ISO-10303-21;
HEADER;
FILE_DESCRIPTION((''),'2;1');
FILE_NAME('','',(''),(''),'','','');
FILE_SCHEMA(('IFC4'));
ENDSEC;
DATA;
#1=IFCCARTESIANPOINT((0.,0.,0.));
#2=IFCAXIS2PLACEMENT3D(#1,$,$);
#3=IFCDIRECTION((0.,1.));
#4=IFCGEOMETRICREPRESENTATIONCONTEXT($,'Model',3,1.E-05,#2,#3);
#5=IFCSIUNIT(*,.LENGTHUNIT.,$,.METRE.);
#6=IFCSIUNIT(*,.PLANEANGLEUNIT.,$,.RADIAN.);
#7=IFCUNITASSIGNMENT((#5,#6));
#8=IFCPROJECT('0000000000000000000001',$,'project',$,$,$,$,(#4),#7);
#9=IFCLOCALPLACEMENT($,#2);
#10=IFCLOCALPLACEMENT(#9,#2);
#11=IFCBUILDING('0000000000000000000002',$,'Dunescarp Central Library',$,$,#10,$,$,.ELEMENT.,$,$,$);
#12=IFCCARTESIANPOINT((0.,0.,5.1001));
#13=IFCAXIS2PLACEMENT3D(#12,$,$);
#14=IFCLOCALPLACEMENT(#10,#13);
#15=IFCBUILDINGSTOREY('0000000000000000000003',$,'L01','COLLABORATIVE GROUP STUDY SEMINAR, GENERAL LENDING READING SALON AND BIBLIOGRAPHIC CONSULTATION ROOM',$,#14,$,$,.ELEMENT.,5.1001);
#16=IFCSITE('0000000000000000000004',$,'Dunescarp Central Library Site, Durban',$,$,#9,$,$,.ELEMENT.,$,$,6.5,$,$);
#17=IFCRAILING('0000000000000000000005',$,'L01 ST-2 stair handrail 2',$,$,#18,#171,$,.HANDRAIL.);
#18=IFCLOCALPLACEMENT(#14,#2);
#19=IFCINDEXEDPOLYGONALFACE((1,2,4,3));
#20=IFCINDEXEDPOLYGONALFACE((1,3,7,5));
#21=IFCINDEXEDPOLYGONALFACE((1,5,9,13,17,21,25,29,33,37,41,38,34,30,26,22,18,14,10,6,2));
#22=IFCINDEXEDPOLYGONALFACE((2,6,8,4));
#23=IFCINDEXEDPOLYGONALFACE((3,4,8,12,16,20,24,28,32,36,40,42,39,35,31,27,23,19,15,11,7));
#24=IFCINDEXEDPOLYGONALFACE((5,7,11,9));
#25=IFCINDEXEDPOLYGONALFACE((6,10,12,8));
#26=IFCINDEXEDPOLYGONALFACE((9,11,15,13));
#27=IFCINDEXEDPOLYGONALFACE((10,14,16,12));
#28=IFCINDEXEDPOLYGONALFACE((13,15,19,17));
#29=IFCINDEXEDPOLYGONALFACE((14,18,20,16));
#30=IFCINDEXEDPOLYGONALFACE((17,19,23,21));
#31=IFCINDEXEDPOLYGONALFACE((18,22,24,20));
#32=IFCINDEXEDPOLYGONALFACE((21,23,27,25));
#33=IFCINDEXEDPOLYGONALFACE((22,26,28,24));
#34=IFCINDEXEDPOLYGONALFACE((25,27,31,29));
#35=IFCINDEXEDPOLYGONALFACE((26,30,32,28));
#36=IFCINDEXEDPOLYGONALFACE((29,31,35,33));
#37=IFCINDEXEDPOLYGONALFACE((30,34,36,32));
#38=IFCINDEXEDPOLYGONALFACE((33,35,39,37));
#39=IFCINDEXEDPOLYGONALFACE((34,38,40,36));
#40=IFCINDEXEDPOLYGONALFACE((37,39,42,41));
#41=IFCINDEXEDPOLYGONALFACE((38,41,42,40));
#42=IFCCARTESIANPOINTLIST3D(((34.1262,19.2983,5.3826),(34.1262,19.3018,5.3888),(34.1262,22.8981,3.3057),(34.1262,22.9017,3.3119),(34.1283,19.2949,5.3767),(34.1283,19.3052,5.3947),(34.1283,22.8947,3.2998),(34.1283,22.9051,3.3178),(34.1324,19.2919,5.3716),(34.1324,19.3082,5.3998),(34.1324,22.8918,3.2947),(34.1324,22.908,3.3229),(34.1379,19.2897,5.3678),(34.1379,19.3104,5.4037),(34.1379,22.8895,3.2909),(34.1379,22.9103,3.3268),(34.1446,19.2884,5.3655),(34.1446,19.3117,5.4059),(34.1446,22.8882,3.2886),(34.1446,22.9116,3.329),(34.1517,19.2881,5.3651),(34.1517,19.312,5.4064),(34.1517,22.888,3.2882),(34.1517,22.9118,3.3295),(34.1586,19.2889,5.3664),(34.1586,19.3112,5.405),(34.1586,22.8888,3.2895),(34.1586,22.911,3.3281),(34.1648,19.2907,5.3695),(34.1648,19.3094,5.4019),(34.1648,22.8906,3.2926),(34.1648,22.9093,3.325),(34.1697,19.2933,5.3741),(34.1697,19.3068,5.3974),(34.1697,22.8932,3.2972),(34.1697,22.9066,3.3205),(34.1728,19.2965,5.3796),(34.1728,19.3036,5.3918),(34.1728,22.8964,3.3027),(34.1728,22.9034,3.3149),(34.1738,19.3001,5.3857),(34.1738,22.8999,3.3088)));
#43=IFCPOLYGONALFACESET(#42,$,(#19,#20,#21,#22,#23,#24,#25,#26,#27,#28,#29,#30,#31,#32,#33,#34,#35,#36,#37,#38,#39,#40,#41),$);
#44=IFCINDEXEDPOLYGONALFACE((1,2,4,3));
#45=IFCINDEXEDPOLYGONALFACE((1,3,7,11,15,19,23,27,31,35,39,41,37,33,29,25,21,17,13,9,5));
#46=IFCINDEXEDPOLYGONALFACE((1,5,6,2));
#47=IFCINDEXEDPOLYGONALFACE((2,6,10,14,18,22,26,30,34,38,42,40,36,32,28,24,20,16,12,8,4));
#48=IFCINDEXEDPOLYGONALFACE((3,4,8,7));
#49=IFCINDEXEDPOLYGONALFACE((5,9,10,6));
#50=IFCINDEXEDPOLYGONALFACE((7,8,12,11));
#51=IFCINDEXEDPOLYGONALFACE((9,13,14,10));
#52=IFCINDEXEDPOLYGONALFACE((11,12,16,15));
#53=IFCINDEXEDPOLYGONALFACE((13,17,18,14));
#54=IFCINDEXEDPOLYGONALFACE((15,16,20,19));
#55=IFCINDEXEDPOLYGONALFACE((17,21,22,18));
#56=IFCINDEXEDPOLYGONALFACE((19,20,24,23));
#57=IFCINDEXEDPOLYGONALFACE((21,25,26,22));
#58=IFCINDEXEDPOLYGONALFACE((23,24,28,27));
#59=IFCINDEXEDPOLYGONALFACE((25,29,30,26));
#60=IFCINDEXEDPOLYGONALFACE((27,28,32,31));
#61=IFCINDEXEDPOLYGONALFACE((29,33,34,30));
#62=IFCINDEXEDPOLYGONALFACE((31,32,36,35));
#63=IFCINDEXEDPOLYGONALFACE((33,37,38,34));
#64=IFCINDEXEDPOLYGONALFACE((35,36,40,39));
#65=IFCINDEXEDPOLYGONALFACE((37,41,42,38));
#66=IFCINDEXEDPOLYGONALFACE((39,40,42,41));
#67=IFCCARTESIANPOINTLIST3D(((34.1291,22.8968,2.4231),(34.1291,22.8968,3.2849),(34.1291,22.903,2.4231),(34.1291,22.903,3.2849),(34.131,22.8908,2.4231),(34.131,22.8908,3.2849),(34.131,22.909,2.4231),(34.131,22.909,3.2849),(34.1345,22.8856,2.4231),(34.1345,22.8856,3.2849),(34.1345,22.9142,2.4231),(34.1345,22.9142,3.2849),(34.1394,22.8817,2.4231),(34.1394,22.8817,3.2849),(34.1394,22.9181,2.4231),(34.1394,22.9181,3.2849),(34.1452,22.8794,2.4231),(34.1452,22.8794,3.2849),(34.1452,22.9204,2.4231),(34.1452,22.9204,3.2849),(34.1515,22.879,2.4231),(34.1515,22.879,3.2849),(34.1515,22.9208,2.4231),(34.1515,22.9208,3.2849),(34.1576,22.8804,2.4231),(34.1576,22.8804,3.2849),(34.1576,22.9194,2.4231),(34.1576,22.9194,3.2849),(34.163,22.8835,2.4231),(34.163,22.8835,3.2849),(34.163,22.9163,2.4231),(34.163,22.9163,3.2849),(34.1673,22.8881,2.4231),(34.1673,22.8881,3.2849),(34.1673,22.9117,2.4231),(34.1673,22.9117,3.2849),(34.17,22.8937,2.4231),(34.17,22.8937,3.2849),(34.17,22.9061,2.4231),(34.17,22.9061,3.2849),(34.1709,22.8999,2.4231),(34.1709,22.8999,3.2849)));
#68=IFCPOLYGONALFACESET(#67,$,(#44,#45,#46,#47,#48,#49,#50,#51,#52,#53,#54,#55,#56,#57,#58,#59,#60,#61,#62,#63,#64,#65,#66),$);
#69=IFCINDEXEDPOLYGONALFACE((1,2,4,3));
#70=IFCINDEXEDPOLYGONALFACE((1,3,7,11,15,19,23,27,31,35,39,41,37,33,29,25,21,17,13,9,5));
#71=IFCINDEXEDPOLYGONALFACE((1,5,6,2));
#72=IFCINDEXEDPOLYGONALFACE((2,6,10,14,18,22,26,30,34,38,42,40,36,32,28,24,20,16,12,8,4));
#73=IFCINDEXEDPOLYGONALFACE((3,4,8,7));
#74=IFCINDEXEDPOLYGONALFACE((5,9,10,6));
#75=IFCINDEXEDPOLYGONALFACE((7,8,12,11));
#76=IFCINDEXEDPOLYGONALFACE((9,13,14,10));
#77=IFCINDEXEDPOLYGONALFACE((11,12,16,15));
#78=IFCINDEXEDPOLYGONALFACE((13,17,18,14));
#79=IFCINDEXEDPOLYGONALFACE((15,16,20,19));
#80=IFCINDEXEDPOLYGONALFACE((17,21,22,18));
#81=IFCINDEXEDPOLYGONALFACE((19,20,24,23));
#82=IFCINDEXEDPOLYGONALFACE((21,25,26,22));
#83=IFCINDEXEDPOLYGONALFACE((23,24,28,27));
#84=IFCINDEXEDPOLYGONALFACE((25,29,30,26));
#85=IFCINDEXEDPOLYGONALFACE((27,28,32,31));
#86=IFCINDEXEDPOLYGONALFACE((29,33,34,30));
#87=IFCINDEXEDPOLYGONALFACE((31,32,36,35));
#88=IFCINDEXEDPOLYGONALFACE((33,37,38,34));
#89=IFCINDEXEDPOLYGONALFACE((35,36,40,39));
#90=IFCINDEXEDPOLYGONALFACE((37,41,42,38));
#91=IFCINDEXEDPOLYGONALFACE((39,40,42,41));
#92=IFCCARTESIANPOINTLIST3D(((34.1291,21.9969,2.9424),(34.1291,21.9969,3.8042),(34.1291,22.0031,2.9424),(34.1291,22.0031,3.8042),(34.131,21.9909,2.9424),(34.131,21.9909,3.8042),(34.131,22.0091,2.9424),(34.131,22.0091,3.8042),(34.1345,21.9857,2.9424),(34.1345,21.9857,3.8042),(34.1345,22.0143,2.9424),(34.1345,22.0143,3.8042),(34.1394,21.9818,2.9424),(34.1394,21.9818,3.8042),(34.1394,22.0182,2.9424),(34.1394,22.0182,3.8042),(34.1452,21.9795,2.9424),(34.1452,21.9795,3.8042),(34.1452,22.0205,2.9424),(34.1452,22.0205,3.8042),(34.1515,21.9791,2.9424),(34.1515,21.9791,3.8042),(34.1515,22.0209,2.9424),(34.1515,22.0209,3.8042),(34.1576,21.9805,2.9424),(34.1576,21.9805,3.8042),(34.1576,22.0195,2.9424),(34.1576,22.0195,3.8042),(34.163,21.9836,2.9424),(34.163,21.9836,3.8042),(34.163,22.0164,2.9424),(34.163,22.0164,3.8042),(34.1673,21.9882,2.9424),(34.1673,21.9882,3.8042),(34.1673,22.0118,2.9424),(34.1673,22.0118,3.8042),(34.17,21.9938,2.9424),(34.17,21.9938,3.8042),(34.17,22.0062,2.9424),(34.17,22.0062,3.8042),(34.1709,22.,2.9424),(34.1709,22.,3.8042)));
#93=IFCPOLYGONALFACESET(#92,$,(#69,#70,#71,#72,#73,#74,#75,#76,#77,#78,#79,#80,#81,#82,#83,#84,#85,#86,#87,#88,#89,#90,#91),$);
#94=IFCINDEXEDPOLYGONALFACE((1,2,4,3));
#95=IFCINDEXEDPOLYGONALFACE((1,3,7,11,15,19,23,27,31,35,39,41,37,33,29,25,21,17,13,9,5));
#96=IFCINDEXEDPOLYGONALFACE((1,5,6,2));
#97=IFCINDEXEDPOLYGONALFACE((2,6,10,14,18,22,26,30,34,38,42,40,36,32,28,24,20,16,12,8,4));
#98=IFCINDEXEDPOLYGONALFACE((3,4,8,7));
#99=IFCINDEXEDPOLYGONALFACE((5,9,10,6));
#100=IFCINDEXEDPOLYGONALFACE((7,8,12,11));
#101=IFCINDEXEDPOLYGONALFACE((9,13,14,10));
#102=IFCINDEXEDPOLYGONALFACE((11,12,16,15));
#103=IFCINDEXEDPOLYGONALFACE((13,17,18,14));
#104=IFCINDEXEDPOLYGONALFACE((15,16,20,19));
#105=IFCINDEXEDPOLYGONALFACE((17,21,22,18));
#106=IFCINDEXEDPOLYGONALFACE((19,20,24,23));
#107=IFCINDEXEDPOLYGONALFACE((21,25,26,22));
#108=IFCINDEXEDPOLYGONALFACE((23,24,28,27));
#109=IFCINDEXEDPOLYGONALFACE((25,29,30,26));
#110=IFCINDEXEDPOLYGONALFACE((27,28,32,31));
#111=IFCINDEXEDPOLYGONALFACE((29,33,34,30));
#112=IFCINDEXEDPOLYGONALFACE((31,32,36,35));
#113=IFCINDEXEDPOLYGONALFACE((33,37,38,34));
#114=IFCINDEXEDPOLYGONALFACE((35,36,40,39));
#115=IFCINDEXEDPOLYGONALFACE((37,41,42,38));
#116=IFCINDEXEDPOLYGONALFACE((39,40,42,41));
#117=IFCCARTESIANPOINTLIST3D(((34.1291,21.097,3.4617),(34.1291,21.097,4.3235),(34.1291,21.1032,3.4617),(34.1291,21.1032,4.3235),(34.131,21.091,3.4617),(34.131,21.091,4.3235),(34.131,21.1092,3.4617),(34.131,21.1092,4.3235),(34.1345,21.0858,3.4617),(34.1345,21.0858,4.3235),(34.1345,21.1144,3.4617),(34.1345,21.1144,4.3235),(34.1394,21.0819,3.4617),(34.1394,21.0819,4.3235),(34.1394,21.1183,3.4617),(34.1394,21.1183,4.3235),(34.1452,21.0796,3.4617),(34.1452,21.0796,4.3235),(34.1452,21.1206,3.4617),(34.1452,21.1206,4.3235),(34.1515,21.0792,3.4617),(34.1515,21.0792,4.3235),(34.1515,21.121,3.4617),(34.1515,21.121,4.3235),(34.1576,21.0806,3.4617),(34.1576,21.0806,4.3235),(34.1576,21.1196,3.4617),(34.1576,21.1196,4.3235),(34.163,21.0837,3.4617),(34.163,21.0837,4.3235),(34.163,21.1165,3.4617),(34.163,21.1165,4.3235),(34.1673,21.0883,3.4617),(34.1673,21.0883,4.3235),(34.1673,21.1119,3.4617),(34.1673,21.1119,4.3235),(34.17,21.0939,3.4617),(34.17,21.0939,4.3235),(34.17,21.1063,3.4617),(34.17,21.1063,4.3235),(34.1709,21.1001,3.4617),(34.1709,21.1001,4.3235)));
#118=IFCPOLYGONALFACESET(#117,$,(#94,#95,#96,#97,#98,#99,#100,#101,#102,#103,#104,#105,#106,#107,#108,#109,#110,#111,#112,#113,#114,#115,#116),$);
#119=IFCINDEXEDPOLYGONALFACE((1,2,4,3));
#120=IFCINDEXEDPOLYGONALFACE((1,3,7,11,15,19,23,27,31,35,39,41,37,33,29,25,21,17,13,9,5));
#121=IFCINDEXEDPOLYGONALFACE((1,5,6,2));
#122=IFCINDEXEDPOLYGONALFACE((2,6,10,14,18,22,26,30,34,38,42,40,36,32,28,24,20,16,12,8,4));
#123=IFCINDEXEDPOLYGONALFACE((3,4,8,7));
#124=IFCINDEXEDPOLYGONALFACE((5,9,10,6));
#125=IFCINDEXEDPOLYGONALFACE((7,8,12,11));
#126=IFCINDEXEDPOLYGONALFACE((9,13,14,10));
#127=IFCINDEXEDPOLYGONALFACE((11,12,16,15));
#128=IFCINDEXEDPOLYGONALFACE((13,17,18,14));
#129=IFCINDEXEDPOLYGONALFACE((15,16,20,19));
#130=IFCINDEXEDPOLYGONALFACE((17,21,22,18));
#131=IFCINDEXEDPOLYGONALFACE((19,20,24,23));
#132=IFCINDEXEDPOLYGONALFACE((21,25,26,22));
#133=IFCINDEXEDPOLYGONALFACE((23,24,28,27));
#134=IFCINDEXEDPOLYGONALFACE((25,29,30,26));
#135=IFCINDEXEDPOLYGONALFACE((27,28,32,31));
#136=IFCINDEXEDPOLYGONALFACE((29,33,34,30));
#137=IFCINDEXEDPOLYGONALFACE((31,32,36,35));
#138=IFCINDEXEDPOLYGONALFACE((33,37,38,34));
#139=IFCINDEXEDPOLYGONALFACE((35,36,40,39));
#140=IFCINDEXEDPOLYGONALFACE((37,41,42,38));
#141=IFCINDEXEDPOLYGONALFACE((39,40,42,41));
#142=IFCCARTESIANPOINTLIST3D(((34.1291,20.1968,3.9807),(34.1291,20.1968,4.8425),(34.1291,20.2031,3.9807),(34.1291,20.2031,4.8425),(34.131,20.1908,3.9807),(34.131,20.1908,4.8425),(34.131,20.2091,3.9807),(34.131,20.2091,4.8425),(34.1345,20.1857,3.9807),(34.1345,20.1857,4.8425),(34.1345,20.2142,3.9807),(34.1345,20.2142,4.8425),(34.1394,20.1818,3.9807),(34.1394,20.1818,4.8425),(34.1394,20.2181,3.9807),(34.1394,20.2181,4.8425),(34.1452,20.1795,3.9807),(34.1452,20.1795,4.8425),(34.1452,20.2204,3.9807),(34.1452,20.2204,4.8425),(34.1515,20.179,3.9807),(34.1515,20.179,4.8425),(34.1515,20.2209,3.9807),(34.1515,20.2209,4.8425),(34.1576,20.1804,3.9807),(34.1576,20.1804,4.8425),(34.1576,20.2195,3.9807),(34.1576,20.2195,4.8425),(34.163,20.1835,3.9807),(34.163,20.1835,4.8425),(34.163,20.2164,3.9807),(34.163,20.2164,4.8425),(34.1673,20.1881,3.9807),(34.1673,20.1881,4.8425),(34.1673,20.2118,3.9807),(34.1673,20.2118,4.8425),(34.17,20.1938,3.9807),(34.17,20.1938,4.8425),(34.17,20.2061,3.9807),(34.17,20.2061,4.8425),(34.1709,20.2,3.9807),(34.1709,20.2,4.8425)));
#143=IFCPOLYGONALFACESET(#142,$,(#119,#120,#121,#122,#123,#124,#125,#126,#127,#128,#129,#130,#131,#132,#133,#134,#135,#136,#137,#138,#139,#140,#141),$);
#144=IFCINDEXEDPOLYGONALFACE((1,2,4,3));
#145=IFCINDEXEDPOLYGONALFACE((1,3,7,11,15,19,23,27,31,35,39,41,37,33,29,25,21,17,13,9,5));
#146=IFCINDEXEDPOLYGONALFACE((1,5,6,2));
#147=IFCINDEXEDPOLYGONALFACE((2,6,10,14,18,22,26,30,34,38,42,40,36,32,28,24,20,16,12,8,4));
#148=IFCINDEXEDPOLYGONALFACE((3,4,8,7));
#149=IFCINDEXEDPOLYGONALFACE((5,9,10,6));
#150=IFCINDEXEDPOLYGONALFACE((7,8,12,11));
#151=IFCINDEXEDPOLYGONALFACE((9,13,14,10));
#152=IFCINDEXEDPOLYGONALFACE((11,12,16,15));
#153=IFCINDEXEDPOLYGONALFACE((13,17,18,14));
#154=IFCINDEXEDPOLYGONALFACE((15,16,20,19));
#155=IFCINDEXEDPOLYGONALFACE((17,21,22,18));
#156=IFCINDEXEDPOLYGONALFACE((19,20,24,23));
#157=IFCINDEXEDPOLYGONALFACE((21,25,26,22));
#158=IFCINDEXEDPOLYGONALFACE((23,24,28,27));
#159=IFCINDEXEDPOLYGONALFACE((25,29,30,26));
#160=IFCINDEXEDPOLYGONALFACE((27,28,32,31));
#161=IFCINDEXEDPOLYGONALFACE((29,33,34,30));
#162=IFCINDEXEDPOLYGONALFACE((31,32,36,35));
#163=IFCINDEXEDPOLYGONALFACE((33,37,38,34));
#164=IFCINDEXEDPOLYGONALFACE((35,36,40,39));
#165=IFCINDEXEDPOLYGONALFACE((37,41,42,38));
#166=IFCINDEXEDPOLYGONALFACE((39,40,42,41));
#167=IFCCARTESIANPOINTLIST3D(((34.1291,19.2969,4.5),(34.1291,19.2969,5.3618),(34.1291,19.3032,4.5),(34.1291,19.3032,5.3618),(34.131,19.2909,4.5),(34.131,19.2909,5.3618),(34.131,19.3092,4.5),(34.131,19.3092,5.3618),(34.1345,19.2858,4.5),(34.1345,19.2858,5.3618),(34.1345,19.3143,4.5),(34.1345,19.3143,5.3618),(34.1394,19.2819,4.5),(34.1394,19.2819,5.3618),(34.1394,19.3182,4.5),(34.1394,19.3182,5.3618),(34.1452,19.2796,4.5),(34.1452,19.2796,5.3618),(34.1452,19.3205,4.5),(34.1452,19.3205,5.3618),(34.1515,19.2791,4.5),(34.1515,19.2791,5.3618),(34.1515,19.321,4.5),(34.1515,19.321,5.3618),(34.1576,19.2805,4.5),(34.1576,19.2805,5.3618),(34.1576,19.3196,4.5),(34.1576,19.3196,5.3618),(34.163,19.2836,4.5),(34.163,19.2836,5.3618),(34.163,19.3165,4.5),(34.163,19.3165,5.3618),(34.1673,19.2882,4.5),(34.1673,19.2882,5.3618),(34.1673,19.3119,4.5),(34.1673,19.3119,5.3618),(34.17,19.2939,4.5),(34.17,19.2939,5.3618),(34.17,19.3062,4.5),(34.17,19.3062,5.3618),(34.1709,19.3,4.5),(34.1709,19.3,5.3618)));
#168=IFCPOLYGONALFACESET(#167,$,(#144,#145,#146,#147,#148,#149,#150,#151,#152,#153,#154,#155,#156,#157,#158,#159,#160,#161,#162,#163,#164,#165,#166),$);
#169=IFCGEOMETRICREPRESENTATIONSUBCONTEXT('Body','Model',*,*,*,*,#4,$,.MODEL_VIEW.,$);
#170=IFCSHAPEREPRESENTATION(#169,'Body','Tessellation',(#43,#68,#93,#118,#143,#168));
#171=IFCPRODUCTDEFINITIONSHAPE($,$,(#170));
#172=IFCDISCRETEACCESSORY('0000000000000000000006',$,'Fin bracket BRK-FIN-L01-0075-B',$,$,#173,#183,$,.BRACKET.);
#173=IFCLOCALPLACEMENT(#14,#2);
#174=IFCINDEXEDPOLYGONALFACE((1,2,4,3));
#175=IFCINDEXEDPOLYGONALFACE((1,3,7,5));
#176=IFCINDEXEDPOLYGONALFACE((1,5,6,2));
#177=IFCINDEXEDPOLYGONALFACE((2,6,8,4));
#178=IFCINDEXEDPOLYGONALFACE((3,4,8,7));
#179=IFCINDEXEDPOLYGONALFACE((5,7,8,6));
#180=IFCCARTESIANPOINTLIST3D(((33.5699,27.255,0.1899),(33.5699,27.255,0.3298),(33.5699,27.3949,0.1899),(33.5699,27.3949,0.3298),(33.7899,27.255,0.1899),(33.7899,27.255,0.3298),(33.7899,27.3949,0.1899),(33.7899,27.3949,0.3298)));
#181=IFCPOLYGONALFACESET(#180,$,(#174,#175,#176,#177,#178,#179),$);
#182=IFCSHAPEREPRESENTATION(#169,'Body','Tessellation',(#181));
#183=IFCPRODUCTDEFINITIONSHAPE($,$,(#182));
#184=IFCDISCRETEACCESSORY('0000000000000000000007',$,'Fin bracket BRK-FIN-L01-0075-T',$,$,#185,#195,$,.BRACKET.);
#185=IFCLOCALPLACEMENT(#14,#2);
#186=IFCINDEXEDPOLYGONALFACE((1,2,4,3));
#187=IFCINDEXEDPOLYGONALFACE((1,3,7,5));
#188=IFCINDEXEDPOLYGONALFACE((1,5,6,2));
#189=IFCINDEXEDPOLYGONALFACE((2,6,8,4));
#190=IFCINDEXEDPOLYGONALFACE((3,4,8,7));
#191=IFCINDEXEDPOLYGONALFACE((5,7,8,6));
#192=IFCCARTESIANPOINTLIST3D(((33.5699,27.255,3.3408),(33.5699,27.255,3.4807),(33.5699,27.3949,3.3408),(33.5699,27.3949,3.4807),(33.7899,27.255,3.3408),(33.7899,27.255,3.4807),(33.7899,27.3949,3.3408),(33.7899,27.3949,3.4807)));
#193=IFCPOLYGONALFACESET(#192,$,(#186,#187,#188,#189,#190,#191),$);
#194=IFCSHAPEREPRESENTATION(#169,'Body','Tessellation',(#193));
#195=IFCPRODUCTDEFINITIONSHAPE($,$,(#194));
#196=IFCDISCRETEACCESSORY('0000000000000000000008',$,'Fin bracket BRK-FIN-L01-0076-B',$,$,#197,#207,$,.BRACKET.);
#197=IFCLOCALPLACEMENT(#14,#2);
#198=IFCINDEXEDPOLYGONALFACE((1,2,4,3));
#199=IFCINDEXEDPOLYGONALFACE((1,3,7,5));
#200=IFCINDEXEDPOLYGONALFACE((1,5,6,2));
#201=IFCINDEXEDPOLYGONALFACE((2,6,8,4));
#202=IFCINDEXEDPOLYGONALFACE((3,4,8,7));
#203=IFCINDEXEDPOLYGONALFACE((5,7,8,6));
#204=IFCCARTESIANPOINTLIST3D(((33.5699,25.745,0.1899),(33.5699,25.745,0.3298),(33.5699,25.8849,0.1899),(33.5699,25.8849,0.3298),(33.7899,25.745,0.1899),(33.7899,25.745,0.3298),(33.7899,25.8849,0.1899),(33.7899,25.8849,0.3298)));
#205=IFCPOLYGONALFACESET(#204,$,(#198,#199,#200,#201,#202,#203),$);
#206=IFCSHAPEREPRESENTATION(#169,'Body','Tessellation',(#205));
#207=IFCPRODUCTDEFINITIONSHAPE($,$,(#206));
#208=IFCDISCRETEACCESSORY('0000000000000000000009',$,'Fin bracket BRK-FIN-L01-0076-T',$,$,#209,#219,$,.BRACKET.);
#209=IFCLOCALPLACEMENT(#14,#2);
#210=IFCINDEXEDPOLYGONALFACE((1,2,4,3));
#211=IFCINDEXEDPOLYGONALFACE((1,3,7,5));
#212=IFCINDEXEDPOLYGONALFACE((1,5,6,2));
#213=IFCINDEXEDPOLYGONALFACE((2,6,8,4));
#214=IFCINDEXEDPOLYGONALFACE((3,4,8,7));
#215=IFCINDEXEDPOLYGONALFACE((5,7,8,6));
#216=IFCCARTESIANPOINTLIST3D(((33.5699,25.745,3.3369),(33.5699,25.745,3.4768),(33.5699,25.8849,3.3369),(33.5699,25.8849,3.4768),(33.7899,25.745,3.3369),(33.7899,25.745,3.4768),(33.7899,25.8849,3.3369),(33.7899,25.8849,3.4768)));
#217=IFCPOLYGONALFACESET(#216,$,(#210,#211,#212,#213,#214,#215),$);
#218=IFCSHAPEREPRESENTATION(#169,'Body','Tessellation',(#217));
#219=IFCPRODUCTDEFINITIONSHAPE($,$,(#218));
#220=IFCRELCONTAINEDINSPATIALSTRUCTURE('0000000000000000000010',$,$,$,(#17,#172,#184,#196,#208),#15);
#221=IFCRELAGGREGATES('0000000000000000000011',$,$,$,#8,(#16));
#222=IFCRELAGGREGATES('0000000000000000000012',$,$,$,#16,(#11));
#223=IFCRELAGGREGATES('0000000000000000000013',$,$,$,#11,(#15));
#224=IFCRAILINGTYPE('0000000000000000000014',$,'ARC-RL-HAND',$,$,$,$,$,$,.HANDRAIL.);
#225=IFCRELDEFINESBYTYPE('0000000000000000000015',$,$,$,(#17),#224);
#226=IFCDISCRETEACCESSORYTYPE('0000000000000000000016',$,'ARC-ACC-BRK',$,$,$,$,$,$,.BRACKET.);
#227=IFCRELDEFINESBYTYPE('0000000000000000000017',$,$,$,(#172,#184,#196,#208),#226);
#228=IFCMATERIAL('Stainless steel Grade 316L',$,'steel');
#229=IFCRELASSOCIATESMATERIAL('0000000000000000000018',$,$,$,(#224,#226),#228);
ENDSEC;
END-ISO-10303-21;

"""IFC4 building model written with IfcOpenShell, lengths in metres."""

from ifc_helpers import new_model, si_unit, direction, frame, origin, origin_2d, place, context, subcontext, project, spatial, rectangle, circle, extrude, material, type_object, element, save


model = new_model("IFC4")

# Units and contexts
model_context = context("Model", 3, precision=1e-05, world=origin(), true_north=direction((0.0, 1.0)))
body_context = subcontext(model_context, "Body", "Model", "MODEL_VIEW")
ifc_project = project(units=[si_unit("LENGTHUNIT", "METRE"), si_unit("PLANEANGLEUNIT", "RADIAN")], contexts=[model_context])

# Site, building, storey
site_placement = place(None, origin())
site = spatial("IfcSite", under=ifc_project, at=site_placement, Name="Dunescarp Central Library Site, Durban", CompositionType="ELEMENT", RefElevation=6.5)
building_placement = place(site_placement, origin())
building = spatial("IfcBuilding", under=site, at=building_placement, Name="Dunescarp Central Library", CompositionType="ELEMENT")
storey_placement = place(building_placement, frame((0.0, 0.0, 5.1001)))
storey = spatial("IfcBuildingStorey", under=building, at=storey_placement, Name="L01", Description="COLLABORATIVE GROUP STUDY SEMINAR, GENERAL LENDING READING SALON AND BIBLIOGRAPHIC CONSULTATION ROOM", CompositionType="ELEMENT", Elevation=5.1001)

# Railing
ifc_material_1 = material(Name="Stainless steel Grade 316L", Category="steel")
railing_type_1 = type_object("IfcRailingType", Name="ARC-RL-HAND", PredefinedType="HANDRAIL", material=ifc_material_1)
railing_1_placement = place(storey_placement, frame((34.1499, 22.8999, 2.4231)))
element("IfcRailing", 1, at=railing_1_placement, inside=storey, type_object=railing_type_1, Name="L01 ST-2 stair handrail 2", PredefinedType="HANDRAIL", context=body_context, shape_type="SweptSolid", body=[
    extrude(circle(Radius=0.0239, at=origin_2d()), frame((0.0, 0.0, 0.8857), z_axis=(0.0, -0.866179, 0.499734), x_axis=(1.0, 0.0, 0.0)), (0.0, 0.0, 1.0), 4.156),
    extrude(circle(Radius=0.021, at=origin_2d()), origin(), (0.0, 0.0, 1.0), 0.8618),
    extrude(circle(Radius=0.021, at=origin_2d()), frame((0.0, -0.8999, 0.5193)), (0.0, 0.0, 1.0), 0.8618),
    extrude(circle(Radius=0.021, at=origin_2d()), frame((0.0, -1.7998, 1.0386)), (0.0, 0.0, 1.0), 0.8618),
    extrude(circle(Radius=0.021, at=origin_2d()), frame((0.0, -2.7, 1.5576)), (0.0, 0.0, 1.0), 0.8618),
    extrude(circle(Radius=0.021, at=origin_2d()), frame((0.0, -3.5999, 2.0769)), (0.0, 0.0, 1.0), 0.8618),
])

# Discrete accessories
discrete_accessory_type = type_object("IfcDiscreteAccessoryType", Name="ARC-ACC-BRK", PredefinedType="BRACKET", material=ifc_material_1)
for number, where, z_axis, x_axis, name in (
    (2, (33.6799, 27.325, 0.1899), (0.0, 0.0, 1.0), (1.0, 0.0, 0.0), "Fin bracket BRK-FIN-L01-0075-B"),
    (3, (33.6799, 27.325, 3.3408), (0.0, 0.0, 1.0), (1.0, 0.0, 0.0), "Fin bracket BRK-FIN-L01-0075-T"),
    (4, (33.6799, 25.8149, 0.1899), (0.0, 0.0, 1.0), (1.0, 0.0, 0.0), "Fin bracket BRK-FIN-L01-0076-B"),
    (5, (33.6799, 25.8149, 3.3369), (0.0, 0.0, 1.0), (1.0, 0.0, 0.0), "Fin bracket BRK-FIN-L01-0076-T"),
):
    element("IfcDiscreteAccessory", number, at=place(storey_placement, frame(where, z_axis=z_axis, x_axis=x_axis)), inside=storey, type_object=discrete_accessory_type, Name=name, PredefinedType="BRACKET", context=body_context, shape_type="SweptSolid", body=[
        extrude(rectangle(XDim=0.22, YDim=0.1399, at=origin_2d()), origin(), (0.0, 0.0, 1.0), 0.1399),
    ])

save(model, "model.ifc")
